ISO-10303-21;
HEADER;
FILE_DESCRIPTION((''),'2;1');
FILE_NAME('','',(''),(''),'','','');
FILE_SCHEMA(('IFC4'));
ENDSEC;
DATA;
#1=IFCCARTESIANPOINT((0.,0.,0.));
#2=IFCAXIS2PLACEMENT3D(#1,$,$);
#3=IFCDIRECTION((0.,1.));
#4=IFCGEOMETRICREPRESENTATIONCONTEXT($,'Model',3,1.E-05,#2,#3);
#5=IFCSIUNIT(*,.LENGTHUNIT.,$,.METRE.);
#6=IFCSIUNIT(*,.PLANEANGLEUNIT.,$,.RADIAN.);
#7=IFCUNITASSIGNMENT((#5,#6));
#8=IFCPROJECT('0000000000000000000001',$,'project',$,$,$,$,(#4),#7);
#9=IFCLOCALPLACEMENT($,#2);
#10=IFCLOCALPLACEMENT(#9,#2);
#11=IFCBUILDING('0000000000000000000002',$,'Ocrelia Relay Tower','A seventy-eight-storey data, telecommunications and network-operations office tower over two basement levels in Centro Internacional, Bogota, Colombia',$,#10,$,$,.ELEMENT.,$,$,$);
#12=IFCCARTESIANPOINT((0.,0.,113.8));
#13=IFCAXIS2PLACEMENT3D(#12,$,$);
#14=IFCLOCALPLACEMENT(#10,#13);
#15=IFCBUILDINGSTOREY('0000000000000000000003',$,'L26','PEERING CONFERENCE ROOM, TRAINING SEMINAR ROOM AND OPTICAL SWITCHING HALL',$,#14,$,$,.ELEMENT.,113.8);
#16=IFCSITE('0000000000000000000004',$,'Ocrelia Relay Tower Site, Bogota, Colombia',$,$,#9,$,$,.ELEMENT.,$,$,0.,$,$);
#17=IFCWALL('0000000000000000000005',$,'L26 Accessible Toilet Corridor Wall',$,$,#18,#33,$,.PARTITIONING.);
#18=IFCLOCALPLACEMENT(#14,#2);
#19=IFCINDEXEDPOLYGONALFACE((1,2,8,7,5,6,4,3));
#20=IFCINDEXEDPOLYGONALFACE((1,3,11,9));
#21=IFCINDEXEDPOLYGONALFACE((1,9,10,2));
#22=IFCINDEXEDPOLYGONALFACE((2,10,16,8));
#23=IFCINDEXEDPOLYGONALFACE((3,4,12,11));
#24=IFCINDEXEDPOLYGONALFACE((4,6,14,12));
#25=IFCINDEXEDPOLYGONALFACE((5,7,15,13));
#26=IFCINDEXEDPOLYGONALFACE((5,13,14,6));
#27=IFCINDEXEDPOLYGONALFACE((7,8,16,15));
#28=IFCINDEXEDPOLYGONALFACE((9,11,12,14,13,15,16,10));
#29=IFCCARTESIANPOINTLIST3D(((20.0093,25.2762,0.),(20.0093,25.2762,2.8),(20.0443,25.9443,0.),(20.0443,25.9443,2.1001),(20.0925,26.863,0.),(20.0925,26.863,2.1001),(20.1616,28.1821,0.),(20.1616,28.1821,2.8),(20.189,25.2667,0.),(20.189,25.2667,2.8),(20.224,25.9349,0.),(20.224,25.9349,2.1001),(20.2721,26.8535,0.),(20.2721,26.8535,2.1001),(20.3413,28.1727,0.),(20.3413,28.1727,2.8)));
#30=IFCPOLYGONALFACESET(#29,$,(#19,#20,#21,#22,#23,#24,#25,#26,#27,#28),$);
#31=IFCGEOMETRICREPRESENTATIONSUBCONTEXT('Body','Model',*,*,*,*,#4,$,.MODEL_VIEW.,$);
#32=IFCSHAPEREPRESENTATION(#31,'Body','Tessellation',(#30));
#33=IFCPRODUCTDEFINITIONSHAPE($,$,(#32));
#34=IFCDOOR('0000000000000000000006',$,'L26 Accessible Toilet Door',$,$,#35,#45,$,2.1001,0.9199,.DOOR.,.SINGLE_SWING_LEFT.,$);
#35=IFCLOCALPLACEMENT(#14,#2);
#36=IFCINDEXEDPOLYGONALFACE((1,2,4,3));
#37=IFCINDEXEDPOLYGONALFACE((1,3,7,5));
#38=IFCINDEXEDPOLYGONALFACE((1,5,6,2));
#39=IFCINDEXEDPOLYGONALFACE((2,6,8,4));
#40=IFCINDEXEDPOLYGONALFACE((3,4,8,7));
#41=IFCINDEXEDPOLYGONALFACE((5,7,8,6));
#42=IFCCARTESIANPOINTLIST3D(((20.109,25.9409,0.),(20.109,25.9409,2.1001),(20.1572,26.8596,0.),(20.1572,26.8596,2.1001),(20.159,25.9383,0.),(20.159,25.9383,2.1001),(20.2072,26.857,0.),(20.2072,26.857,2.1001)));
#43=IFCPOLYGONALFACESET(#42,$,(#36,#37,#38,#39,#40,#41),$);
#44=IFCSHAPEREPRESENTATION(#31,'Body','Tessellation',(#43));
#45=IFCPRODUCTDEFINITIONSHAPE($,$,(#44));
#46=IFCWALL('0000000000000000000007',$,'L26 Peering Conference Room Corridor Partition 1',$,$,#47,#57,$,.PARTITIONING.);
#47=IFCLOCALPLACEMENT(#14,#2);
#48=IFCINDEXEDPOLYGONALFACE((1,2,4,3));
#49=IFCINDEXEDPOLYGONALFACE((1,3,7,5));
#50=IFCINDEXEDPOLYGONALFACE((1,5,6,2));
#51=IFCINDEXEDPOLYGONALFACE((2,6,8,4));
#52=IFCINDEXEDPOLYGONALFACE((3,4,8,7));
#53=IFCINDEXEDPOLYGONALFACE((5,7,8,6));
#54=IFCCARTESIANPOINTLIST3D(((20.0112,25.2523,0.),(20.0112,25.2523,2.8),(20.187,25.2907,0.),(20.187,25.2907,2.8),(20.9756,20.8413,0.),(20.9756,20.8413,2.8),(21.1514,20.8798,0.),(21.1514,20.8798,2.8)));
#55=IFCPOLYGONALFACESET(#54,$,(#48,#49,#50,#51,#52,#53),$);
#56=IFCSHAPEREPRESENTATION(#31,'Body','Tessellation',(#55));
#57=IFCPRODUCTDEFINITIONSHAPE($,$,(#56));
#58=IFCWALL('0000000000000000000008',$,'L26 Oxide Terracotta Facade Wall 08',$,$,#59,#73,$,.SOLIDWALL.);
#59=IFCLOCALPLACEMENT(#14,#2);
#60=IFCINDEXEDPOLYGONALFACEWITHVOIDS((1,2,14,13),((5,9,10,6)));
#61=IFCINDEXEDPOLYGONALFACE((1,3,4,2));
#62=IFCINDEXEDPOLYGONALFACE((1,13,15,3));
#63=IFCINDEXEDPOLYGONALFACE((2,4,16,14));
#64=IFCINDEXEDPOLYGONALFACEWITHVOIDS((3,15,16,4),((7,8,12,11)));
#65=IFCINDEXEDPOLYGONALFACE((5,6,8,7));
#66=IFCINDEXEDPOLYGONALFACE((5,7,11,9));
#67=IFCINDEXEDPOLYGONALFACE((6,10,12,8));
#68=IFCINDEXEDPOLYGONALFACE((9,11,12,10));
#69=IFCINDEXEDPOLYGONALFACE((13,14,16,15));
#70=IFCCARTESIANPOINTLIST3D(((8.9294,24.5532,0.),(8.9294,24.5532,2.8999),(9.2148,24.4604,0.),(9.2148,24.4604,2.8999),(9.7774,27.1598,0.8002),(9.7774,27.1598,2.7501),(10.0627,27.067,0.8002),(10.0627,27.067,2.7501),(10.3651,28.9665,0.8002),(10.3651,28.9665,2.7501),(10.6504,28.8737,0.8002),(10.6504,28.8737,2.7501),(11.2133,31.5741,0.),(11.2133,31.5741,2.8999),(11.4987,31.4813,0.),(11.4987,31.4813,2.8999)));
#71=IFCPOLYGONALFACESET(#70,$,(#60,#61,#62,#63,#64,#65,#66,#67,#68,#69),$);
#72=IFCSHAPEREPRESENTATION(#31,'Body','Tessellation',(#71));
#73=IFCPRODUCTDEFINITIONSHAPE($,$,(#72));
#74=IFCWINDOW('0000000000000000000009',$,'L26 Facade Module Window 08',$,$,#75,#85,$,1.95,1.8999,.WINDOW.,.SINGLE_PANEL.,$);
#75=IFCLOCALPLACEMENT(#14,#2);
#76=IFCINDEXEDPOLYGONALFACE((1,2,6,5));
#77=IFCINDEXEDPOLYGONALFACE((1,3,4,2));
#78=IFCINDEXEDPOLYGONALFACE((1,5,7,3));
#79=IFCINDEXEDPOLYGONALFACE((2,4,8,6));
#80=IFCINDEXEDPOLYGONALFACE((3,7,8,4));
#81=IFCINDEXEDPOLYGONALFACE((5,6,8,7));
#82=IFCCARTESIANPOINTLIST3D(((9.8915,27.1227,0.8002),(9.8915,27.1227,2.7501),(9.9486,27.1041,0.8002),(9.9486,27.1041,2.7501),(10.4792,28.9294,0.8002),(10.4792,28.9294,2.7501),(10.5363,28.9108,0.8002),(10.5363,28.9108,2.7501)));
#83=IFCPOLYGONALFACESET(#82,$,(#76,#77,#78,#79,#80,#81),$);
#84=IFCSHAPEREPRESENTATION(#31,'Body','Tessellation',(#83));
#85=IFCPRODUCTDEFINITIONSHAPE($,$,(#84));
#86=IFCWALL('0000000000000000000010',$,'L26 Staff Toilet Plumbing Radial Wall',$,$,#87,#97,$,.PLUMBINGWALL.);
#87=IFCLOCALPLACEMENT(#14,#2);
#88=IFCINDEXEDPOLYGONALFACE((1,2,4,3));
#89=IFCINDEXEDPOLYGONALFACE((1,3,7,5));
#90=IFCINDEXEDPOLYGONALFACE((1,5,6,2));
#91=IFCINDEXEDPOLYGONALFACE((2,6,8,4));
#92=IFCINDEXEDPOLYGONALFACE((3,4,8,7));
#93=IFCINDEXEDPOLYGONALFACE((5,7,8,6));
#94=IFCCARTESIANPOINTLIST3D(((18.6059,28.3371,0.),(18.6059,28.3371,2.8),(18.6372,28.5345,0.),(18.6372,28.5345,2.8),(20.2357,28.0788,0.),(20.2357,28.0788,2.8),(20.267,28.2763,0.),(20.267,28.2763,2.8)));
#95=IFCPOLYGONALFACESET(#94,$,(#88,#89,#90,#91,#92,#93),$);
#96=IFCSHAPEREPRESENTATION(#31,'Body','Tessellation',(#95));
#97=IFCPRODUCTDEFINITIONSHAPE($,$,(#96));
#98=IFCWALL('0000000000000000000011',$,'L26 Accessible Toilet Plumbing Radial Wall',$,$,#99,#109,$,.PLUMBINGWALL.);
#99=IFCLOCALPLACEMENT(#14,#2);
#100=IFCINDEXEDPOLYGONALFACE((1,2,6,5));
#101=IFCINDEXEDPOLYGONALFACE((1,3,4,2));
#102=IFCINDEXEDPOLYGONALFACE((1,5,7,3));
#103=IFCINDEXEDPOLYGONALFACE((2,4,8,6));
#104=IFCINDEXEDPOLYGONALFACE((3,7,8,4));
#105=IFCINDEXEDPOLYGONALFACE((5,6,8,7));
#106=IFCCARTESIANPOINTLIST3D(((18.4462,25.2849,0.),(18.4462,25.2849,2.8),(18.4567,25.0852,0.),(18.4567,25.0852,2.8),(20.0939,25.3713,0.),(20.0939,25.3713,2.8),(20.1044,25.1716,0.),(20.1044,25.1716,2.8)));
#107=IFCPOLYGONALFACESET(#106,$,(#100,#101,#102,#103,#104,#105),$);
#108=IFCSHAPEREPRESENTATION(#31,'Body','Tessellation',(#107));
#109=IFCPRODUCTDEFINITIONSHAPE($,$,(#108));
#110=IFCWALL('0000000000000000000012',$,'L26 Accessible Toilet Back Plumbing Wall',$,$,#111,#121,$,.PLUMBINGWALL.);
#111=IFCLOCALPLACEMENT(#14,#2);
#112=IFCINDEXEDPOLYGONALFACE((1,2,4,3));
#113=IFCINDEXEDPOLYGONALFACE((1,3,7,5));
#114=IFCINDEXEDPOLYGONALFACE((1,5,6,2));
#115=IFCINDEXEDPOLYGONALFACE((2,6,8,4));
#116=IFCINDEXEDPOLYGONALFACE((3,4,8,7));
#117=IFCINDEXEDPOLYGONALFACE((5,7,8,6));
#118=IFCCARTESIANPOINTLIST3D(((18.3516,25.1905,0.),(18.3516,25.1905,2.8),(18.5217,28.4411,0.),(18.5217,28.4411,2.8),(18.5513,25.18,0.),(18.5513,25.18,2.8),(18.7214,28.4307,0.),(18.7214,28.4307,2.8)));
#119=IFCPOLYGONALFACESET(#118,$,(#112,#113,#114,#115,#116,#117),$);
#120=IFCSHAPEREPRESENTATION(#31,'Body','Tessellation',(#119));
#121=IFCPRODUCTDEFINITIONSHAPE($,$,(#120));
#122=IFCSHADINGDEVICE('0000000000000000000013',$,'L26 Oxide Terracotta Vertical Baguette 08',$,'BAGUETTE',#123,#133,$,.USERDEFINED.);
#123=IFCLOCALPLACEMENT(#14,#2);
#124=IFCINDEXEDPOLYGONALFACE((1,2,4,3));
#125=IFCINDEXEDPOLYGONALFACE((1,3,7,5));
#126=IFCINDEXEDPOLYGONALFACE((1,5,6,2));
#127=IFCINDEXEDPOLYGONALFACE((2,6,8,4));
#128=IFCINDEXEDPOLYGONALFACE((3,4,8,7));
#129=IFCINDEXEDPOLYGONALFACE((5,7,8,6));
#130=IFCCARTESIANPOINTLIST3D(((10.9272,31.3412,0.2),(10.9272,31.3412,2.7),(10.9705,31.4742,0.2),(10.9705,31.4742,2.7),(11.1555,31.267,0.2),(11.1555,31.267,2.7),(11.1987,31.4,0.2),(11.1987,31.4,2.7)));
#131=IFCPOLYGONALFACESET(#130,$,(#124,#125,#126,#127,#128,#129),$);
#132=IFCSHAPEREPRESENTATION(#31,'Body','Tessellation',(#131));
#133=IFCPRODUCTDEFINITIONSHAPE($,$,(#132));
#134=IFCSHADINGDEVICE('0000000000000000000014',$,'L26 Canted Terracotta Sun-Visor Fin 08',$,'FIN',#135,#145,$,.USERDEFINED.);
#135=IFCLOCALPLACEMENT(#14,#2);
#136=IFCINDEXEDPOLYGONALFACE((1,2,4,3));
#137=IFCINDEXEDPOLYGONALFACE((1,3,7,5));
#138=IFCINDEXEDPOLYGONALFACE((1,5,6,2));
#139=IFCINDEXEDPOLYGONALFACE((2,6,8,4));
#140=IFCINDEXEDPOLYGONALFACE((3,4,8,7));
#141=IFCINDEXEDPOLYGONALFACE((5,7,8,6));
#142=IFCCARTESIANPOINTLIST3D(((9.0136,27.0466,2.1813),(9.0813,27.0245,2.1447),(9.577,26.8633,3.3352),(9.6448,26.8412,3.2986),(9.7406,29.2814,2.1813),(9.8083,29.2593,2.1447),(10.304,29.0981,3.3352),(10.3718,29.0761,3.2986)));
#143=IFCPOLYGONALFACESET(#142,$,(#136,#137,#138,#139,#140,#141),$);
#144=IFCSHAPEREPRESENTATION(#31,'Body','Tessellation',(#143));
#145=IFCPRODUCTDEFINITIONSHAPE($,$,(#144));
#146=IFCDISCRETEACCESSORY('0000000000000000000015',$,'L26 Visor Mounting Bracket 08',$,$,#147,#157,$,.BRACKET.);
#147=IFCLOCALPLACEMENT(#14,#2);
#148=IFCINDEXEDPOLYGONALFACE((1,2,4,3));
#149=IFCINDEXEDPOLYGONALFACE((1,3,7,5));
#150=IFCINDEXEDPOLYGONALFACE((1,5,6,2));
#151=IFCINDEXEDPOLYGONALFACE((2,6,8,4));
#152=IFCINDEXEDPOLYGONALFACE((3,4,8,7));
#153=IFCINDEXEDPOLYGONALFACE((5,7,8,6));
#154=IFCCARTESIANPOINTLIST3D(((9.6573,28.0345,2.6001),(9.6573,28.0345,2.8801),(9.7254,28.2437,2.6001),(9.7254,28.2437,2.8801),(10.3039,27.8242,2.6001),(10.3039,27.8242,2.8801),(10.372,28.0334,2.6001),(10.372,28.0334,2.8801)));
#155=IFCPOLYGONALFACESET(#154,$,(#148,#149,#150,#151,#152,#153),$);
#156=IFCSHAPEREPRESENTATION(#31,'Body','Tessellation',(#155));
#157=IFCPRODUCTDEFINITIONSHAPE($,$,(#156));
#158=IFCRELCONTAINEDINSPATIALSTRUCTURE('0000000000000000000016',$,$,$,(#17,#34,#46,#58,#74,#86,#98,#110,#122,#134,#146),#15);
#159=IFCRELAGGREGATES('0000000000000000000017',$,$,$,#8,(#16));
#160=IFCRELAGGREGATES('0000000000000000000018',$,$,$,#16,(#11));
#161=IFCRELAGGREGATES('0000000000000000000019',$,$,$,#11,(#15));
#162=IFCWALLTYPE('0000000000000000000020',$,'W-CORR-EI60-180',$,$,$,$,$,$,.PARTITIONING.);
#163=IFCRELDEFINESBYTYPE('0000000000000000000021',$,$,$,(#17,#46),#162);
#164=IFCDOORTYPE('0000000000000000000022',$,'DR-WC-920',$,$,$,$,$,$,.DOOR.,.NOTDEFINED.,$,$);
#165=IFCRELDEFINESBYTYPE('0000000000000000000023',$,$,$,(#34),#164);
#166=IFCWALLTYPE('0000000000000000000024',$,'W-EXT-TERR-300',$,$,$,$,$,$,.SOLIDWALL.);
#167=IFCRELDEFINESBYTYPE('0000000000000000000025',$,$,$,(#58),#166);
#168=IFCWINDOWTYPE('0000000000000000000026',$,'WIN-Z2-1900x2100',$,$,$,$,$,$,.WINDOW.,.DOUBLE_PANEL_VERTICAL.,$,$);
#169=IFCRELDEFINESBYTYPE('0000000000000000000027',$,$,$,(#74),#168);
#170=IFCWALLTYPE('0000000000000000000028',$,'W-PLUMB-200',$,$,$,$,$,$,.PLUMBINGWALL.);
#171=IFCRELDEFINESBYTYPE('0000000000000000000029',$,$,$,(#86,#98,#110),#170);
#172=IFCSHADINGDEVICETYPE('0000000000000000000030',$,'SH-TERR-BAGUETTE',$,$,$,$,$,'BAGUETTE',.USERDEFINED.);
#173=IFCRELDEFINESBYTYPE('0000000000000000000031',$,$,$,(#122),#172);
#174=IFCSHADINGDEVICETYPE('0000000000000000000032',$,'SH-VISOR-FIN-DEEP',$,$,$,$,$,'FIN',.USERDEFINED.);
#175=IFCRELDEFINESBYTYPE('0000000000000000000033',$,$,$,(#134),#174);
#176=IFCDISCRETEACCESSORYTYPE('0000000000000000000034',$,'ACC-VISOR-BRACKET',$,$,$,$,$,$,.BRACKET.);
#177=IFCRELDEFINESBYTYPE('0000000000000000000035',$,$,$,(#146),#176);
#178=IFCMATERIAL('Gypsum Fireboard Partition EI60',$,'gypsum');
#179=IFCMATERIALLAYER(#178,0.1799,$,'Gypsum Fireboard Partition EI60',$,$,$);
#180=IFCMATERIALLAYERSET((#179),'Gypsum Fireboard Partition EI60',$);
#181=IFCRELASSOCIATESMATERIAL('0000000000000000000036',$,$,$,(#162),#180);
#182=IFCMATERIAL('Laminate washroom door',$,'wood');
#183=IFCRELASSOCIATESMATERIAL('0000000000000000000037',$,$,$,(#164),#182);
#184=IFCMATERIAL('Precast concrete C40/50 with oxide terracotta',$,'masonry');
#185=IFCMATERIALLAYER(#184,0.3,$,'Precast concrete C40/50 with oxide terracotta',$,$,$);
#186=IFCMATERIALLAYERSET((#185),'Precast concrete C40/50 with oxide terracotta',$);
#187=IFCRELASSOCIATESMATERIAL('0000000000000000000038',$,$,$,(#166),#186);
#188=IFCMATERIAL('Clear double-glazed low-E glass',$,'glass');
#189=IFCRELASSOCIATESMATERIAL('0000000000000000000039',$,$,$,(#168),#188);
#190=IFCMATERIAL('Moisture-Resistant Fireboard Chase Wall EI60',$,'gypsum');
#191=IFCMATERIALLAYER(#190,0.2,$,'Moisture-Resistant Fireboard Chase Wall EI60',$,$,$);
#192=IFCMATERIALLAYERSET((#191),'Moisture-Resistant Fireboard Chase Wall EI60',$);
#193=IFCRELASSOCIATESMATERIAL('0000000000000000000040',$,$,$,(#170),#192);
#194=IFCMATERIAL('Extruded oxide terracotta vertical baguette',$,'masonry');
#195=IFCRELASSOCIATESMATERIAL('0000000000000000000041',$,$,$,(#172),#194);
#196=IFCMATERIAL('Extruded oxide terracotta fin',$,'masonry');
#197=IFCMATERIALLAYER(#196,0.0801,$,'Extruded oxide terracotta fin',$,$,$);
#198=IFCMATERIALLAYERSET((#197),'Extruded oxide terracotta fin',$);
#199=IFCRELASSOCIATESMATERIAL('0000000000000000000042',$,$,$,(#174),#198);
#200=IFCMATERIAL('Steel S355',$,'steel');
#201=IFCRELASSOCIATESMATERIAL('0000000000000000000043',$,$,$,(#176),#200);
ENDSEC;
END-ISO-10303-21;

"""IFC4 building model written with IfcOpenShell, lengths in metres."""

from ifc_helpers import new_model, si_unit, direction, frame, frame_2d, origin, origin_2d, place, context, subcontext, project, spatial, rectangle, extrude, material, layer, layer_set, type_object, element, fill, save


model = new_model("IFC4")

# Units and contexts
model_context = context("Model", 3, precision=1e-05, world=origin(), true_north=direction((0.0, 1.0)))
body_context = subcontext(model_context, "Body", "Model", "MODEL_VIEW")
ifc_project = project(units=[si_unit("LENGTHUNIT", "METRE"), si_unit("PLANEANGLEUNIT", "RADIAN")], contexts=[model_context])

# Site, building, storey
site_placement = place(None, origin())
site = spatial("IfcSite", under=ifc_project, at=site_placement, Name="Ocrelia Relay Tower Site, Bogota, Colombia", CompositionType="ELEMENT", RefElevation=0.0)
building_placement = place(site_placement, origin())
building = spatial("IfcBuilding", under=site, at=building_placement, Name="Ocrelia Relay Tower", Description="A seventy-eight-storey data, telecommunications and network-operations office tower over two basement levels in Centro Internacional, Bogota, Colombia", CompositionType="ELEMENT")
storey_placement = place(building_placement, frame((0.0, 0.0, 113.8)))
storey = spatial("IfcBuildingStorey", under=building, at=storey_placement, Name="L26", Description="PEERING CONFERENCE ROOM, TRAINING SEMINAR ROOM AND OPTICAL SWITCHING HALL", CompositionType="ELEMENT", Elevation=113.8)

# Shared definitions
ifc_material_1 = material(Name="Steel S355", Category="steel")

# Shared definitions
ifc_material_2 = material(Name="Clear double-glazed low-E glass", Category="glass")

# Wall, opening, door
ifc_material_3 = material(Name="Gypsum Fireboard Partition EI60", Category="gypsum")
ifc_layer_1 = layer(ifc_material_3, 0.1799, Name="Gypsum Fireboard Partition EI60")
ifc_layer_set_1 = layer_set([ifc_layer_1], Name="Gypsum Fireboard Partition EI60")
wall_type_1 = type_object("IfcWallType", Name="W-CORR-EI60-180", PredefinedType="PARTITIONING", material=ifc_layer_set_1)
wall_1_placement = place(storey_placement, frame((20.2515, 28.1775, 0.0), z_axis=(0.0, 0.0, 1.0), x_axis=(-0.052352, -0.998629, 0.0)))
wall_1 = element("IfcWall", 1, at=wall_1_placement, inside=storey, type_object=wall_type_1, Name="L26 Accessible Toilet Corridor Wall", PredefinedType="PARTITIONING", context=body_context, shape_type="SweptSolid", body=[
    extrude(rectangle(XDim=2.9099, YDim=0.1799, at=frame_2d((1.4551, 0.0))), origin(), (0.0, 0.0, 1.0), 2.8),
])
opening_1_placement = place(wall_1_placement, frame((1.321, 0.0, 0.0)))
opening_1 = element("IfcOpeningElement", 2, at=opening_1_placement, cuts=wall_1, PredefinedType="OPENING", context=body_context, shape_type="SweptSolid", body=[
    extrude(rectangle(XDim=0.9199, YDim=2.1001, at=frame_2d((0.46, 1.05))), frame((0.0, 0.1001, 0.0), z_axis=(0.0, -1.0, 0.0), x_axis=(1.0, 0.0, 0.0)), (0.0, 0.0, 1.0), 0.2),
])
ifc_material_4 = material(Name="Laminate washroom door", Category="wood")
door_type = type_object("IfcDoorType", Name="DR-WC-920", OperationType="NOTDEFINED", PredefinedType="DOOR", material=ifc_material_4)
door_placement = place(opening_1_placement, origin())
door = element("IfcDoor", 3, at=door_placement, inside=storey, type_object=door_type, Name="L26 Accessible Toilet Door", OperationType="SINGLE_SWING_LEFT", OverallHeight=2.1001, OverallWidth=0.9199, PredefinedType="DOOR", context=body_context, shape_type="SweptSolid", body=[
    extrude(rectangle(XDim=0.9199, YDim=2.1001, at=frame_2d((0.46, 1.05))), frame((0.0, 0.0249, 0.0), z_axis=(0.0, -1.0, 0.0), x_axis=(1.0, 0.0, 0.0)), (0.0, 0.0, 1.0), 0.05),
])
fill(opening_1, door)

# Wall
wall_2_placement = place(storey_placement, frame((20.0991, 25.2715, 0.0), z_axis=(0.0, 0.0, 1.0), x_axis=(0.213586, -0.976924, 0.0)))
element("IfcWall", 4, at=wall_2_placement, inside=storey, type_object=wall_type_1, Name="L26 Peering Conference Room Corridor Partition 1", PredefinedType="PARTITIONING", context=body_context, shape_type="SweptSolid", body=[
    extrude(rectangle(XDim=4.5151, YDim=0.1799, at=frame_2d((2.2576, 0.0))), origin(), (0.0, 0.0, 1.0), 2.8),
])

# Wall, opening, window
ifc_material_5 = material(Name="Precast concrete C40/50 with oxide terracotta", Category="masonry")
ifc_layer_2 = layer(ifc_material_5, 0.3, Name="Precast concrete C40/50 with oxide terracotta")
ifc_layer_set_2 = layer_set([ifc_layer_2], Name="Precast concrete C40/50 with oxide terracotta")
wall_type_2 = type_object("IfcWallType", Name="W-EXT-TERR-300", PredefinedType="SOLIDWALL", material=ifc_layer_set_2)
wall_3_placement = place(storey_placement, frame((11.356, 31.5276, 0.0), z_axis=(0.0, 0.0, 1.0), x_axis=(-0.309345, -0.95095, 0.0)))
wall_3 = element("IfcWall", 5, at=wall_3_placement, inside=storey, type_object=wall_type_2, Name="L26 Oxide Terracotta Facade Wall 08", PredefinedType="SOLIDWALL", context=body_context, shape_type="SweptSolid", body=[
    extrude(rectangle(XDim=7.3831, YDim=0.3, at=frame_2d((3.6914, 0.0))), origin(), (0.0, 0.0, 1.0), 2.8999),
])
opening_2_placement = place(wall_3_placement, frame((2.7419, 0.0, 0.8)))
opening_2 = element("IfcOpeningElement", 6, at=opening_2_placement, cuts=wall_3, PredefinedType="OPENING", context=body_context, shape_type="SweptSolid", body=[
    extrude(rectangle(XDim=1.8999, YDim=1.95, at=frame_2d((0.95, 0.9751))), frame((0.0, 0.1602, 0.0), z_axis=(0.0, -1.0, 0.0), x_axis=(1.0, 0.0, 0.0)), (0.0, 0.0, 1.0), 0.3201),
])
window_type = type_object("IfcWindowType", Name="WIN-Z2-1900x2100", PartitioningType="DOUBLE_PANEL_VERTICAL", PredefinedType="WINDOW", material=ifc_material_2)
window_placement = place(opening_2_placement, origin())
window = element("IfcWindow", 7, at=window_placement, inside=storey, type_object=window_type, Name="L26 Facade Module Window 08", OverallHeight=1.95, OverallWidth=1.8999, PartitioningType="SINGLE_PANEL", PredefinedType="WINDOW", context=body_context, shape_type="SweptSolid", body=[
    extrude(rectangle(XDim=1.8999, YDim=1.95, at=frame_2d((0.95, 0.9751))), frame((0.0, 0.03, 0.0), z_axis=(0.0, -1.0, 0.0), x_axis=(1.0, 0.0, 0.0)), (0.0, 0.0, 1.0), 0.0601),
])
fill(opening_2, window)

# Walls
ifc_material_6 = material(Name="Moisture-Resistant Fireboard Chase Wall EI60", Category="gypsum")
ifc_layer_3 = layer(ifc_material_6, 0.2, Name="Moisture-Resistant Fireboard Chase Wall EI60")
ifc_layer_set_3 = layer_set([ifc_layer_3], Name="Moisture-Resistant Fireboard Chase Wall EI60")
wall_type_3 = type_object("IfcWallType", Name="W-PLUMB-200", PredefinedType="PLUMBINGWALL", material=ifc_layer_set_3)
wall_4_placement = place(storey_placement, frame((20.2515, 28.1775, 0.0), z_axis=(0.0, 0.0, 1.0), x_axis=(-0.987674, 0.156525, 0.0)))
element("IfcWall", 8, at=wall_4_placement, inside=storey, type_object=wall_type_3, Name="L26 Staff Toilet Plumbing Radial Wall", PredefinedType="PLUMBINGWALL", context=body_context, shape_type="SweptSolid", body=[
    extrude(rectangle(XDim=1.6501, YDim=0.2, at=frame_2d((0.8252, 0.0))), origin(), (0.0, 0.0, 1.0), 2.8),
])
wall_5_placement = place(storey_placement, frame((20.0991, 25.2715, 0.0), z_axis=(0.0, 0.0, 1.0), x_axis=(-0.998627, -0.05238, 0.0)))
element("IfcWall", 9, at=wall_5_placement, inside=storey, type_object=wall_type_3, Name="L26 Accessible Toilet Plumbing Radial Wall", PredefinedType="PLUMBINGWALL", context=body_context, shape_type="SweptSolid", body=[
    extrude(rectangle(XDim=1.6499, YDim=0.2, at=frame_2d((0.825, 0.0))), origin(), (0.0, 0.0, 1.0), 2.8),
])
wall_6_placement = place(storey_placement, frame((18.6216, 28.4358, 0.0), z_axis=(0.0, 0.0, 1.0), x_axis=(-0.052275, -0.998633, 0.0)))
element("IfcWall", 10, at=wall_6_placement, inside=storey, type_object=wall_type_3, Name="L26 Accessible Toilet Back Plumbing Wall", PredefinedType="PLUMBINGWALL", context=body_context, shape_type="SweptSolid", body=[
    extrude(rectangle(XDim=3.2551, YDim=0.2, at=frame_2d((1.6274, 0.0))), origin(), (0.0, 0.0, 1.0), 2.8),
])

# Shading devices
ifc_material_7 = material(Name="Extruded oxide terracotta vertical baguette", Category="masonry")
shading_device_type_1 = type_object("IfcShadingDeviceType", Name="SH-TERR-BAGUETTE", ElementType="BAGUETTE", PredefinedType="USERDEFINED", material=ifc_material_7)
shading_device_1_placement = place(storey_placement, frame((11.063, 31.3706, 0.2), z_axis=(0.0, 0.0, 1.0), x_axis=(-0.309349, -0.950949, 0.0)))
element("IfcShadingDevice", 11, at=shading_device_1_placement, inside=storey, type_object=shading_device_type_1, Name="L26 Oxide Terracotta Vertical Baguette 08", ObjectType="BAGUETTE", PredefinedType="USERDEFINED", context=body_context, shape_type="SweptSolid", body=[
    extrude(rectangle(XDim=0.1399, YDim=0.24, at=origin_2d()), origin(), (0.0, 0.0, 1.0), 2.5),
])
ifc_material_8 = material(Name="Extruded oxide terracotta fin", Category="masonry")
ifc_layer_4 = layer(ifc_material_8, 0.0801, Name="Extruded oxide terracotta fin")
ifc_layer_set_4 = layer_set([ifc_layer_4], Name="Extruded oxide terracotta fin")
shading_device_type_2 = type_object("IfcShadingDeviceType", Name="SH-VISOR-FIN-DEEP", ElementType="FIN", PredefinedType="USERDEFINED", material=ifc_layer_set_4)
shading_device_2_placement = place(storey_placement, frame((9.7266, 28.0503, 2.7217), z_axis=(-0.845941, 0.275189, 0.456787), x_axis=(-0.309349, -0.950949, 0.0)))
element("IfcShadingDevice", 12, at=shading_device_2_placement, inside=storey, type_object=shading_device_type_2, Name="L26 Canted Terracotta Sun-Visor Fin 08", ObjectType="FIN", PredefinedType="USERDEFINED", context=body_context, shape_type="SweptSolid", body=[
    extrude(rectangle(XDim=2.3501, YDim=1.2971, at=origin_2d()), origin(), (0.0, 0.0, 1.0), 0.0801),
])

# Discrete accessory
discrete_accessory_type = type_object("IfcDiscreteAccessoryType", Name="ACC-VISOR-BRACKET", PredefinedType="BRACKET", material=ifc_material_1)
discrete_accessory_placement = place(storey_placement, frame((10.0146, 28.0339, 2.6001), z_axis=(0.0, 0.0, 1.0), x_axis=(-0.309349, -0.950949, 0.0)))
element("IfcDiscreteAccessory", 13, at=discrete_accessory_placement, inside=storey, type_object=discrete_accessory_type, Name="L26 Visor Mounting Bracket 08", PredefinedType="BRACKET", context=body_context, shape_type="SweptSolid", body=[
    extrude(rectangle(XDim=0.22, YDim=0.6799, at=origin_2d()), origin(), (0.0, 0.0, 1.0), 0.28),
])

save(model, "model.ifc")
